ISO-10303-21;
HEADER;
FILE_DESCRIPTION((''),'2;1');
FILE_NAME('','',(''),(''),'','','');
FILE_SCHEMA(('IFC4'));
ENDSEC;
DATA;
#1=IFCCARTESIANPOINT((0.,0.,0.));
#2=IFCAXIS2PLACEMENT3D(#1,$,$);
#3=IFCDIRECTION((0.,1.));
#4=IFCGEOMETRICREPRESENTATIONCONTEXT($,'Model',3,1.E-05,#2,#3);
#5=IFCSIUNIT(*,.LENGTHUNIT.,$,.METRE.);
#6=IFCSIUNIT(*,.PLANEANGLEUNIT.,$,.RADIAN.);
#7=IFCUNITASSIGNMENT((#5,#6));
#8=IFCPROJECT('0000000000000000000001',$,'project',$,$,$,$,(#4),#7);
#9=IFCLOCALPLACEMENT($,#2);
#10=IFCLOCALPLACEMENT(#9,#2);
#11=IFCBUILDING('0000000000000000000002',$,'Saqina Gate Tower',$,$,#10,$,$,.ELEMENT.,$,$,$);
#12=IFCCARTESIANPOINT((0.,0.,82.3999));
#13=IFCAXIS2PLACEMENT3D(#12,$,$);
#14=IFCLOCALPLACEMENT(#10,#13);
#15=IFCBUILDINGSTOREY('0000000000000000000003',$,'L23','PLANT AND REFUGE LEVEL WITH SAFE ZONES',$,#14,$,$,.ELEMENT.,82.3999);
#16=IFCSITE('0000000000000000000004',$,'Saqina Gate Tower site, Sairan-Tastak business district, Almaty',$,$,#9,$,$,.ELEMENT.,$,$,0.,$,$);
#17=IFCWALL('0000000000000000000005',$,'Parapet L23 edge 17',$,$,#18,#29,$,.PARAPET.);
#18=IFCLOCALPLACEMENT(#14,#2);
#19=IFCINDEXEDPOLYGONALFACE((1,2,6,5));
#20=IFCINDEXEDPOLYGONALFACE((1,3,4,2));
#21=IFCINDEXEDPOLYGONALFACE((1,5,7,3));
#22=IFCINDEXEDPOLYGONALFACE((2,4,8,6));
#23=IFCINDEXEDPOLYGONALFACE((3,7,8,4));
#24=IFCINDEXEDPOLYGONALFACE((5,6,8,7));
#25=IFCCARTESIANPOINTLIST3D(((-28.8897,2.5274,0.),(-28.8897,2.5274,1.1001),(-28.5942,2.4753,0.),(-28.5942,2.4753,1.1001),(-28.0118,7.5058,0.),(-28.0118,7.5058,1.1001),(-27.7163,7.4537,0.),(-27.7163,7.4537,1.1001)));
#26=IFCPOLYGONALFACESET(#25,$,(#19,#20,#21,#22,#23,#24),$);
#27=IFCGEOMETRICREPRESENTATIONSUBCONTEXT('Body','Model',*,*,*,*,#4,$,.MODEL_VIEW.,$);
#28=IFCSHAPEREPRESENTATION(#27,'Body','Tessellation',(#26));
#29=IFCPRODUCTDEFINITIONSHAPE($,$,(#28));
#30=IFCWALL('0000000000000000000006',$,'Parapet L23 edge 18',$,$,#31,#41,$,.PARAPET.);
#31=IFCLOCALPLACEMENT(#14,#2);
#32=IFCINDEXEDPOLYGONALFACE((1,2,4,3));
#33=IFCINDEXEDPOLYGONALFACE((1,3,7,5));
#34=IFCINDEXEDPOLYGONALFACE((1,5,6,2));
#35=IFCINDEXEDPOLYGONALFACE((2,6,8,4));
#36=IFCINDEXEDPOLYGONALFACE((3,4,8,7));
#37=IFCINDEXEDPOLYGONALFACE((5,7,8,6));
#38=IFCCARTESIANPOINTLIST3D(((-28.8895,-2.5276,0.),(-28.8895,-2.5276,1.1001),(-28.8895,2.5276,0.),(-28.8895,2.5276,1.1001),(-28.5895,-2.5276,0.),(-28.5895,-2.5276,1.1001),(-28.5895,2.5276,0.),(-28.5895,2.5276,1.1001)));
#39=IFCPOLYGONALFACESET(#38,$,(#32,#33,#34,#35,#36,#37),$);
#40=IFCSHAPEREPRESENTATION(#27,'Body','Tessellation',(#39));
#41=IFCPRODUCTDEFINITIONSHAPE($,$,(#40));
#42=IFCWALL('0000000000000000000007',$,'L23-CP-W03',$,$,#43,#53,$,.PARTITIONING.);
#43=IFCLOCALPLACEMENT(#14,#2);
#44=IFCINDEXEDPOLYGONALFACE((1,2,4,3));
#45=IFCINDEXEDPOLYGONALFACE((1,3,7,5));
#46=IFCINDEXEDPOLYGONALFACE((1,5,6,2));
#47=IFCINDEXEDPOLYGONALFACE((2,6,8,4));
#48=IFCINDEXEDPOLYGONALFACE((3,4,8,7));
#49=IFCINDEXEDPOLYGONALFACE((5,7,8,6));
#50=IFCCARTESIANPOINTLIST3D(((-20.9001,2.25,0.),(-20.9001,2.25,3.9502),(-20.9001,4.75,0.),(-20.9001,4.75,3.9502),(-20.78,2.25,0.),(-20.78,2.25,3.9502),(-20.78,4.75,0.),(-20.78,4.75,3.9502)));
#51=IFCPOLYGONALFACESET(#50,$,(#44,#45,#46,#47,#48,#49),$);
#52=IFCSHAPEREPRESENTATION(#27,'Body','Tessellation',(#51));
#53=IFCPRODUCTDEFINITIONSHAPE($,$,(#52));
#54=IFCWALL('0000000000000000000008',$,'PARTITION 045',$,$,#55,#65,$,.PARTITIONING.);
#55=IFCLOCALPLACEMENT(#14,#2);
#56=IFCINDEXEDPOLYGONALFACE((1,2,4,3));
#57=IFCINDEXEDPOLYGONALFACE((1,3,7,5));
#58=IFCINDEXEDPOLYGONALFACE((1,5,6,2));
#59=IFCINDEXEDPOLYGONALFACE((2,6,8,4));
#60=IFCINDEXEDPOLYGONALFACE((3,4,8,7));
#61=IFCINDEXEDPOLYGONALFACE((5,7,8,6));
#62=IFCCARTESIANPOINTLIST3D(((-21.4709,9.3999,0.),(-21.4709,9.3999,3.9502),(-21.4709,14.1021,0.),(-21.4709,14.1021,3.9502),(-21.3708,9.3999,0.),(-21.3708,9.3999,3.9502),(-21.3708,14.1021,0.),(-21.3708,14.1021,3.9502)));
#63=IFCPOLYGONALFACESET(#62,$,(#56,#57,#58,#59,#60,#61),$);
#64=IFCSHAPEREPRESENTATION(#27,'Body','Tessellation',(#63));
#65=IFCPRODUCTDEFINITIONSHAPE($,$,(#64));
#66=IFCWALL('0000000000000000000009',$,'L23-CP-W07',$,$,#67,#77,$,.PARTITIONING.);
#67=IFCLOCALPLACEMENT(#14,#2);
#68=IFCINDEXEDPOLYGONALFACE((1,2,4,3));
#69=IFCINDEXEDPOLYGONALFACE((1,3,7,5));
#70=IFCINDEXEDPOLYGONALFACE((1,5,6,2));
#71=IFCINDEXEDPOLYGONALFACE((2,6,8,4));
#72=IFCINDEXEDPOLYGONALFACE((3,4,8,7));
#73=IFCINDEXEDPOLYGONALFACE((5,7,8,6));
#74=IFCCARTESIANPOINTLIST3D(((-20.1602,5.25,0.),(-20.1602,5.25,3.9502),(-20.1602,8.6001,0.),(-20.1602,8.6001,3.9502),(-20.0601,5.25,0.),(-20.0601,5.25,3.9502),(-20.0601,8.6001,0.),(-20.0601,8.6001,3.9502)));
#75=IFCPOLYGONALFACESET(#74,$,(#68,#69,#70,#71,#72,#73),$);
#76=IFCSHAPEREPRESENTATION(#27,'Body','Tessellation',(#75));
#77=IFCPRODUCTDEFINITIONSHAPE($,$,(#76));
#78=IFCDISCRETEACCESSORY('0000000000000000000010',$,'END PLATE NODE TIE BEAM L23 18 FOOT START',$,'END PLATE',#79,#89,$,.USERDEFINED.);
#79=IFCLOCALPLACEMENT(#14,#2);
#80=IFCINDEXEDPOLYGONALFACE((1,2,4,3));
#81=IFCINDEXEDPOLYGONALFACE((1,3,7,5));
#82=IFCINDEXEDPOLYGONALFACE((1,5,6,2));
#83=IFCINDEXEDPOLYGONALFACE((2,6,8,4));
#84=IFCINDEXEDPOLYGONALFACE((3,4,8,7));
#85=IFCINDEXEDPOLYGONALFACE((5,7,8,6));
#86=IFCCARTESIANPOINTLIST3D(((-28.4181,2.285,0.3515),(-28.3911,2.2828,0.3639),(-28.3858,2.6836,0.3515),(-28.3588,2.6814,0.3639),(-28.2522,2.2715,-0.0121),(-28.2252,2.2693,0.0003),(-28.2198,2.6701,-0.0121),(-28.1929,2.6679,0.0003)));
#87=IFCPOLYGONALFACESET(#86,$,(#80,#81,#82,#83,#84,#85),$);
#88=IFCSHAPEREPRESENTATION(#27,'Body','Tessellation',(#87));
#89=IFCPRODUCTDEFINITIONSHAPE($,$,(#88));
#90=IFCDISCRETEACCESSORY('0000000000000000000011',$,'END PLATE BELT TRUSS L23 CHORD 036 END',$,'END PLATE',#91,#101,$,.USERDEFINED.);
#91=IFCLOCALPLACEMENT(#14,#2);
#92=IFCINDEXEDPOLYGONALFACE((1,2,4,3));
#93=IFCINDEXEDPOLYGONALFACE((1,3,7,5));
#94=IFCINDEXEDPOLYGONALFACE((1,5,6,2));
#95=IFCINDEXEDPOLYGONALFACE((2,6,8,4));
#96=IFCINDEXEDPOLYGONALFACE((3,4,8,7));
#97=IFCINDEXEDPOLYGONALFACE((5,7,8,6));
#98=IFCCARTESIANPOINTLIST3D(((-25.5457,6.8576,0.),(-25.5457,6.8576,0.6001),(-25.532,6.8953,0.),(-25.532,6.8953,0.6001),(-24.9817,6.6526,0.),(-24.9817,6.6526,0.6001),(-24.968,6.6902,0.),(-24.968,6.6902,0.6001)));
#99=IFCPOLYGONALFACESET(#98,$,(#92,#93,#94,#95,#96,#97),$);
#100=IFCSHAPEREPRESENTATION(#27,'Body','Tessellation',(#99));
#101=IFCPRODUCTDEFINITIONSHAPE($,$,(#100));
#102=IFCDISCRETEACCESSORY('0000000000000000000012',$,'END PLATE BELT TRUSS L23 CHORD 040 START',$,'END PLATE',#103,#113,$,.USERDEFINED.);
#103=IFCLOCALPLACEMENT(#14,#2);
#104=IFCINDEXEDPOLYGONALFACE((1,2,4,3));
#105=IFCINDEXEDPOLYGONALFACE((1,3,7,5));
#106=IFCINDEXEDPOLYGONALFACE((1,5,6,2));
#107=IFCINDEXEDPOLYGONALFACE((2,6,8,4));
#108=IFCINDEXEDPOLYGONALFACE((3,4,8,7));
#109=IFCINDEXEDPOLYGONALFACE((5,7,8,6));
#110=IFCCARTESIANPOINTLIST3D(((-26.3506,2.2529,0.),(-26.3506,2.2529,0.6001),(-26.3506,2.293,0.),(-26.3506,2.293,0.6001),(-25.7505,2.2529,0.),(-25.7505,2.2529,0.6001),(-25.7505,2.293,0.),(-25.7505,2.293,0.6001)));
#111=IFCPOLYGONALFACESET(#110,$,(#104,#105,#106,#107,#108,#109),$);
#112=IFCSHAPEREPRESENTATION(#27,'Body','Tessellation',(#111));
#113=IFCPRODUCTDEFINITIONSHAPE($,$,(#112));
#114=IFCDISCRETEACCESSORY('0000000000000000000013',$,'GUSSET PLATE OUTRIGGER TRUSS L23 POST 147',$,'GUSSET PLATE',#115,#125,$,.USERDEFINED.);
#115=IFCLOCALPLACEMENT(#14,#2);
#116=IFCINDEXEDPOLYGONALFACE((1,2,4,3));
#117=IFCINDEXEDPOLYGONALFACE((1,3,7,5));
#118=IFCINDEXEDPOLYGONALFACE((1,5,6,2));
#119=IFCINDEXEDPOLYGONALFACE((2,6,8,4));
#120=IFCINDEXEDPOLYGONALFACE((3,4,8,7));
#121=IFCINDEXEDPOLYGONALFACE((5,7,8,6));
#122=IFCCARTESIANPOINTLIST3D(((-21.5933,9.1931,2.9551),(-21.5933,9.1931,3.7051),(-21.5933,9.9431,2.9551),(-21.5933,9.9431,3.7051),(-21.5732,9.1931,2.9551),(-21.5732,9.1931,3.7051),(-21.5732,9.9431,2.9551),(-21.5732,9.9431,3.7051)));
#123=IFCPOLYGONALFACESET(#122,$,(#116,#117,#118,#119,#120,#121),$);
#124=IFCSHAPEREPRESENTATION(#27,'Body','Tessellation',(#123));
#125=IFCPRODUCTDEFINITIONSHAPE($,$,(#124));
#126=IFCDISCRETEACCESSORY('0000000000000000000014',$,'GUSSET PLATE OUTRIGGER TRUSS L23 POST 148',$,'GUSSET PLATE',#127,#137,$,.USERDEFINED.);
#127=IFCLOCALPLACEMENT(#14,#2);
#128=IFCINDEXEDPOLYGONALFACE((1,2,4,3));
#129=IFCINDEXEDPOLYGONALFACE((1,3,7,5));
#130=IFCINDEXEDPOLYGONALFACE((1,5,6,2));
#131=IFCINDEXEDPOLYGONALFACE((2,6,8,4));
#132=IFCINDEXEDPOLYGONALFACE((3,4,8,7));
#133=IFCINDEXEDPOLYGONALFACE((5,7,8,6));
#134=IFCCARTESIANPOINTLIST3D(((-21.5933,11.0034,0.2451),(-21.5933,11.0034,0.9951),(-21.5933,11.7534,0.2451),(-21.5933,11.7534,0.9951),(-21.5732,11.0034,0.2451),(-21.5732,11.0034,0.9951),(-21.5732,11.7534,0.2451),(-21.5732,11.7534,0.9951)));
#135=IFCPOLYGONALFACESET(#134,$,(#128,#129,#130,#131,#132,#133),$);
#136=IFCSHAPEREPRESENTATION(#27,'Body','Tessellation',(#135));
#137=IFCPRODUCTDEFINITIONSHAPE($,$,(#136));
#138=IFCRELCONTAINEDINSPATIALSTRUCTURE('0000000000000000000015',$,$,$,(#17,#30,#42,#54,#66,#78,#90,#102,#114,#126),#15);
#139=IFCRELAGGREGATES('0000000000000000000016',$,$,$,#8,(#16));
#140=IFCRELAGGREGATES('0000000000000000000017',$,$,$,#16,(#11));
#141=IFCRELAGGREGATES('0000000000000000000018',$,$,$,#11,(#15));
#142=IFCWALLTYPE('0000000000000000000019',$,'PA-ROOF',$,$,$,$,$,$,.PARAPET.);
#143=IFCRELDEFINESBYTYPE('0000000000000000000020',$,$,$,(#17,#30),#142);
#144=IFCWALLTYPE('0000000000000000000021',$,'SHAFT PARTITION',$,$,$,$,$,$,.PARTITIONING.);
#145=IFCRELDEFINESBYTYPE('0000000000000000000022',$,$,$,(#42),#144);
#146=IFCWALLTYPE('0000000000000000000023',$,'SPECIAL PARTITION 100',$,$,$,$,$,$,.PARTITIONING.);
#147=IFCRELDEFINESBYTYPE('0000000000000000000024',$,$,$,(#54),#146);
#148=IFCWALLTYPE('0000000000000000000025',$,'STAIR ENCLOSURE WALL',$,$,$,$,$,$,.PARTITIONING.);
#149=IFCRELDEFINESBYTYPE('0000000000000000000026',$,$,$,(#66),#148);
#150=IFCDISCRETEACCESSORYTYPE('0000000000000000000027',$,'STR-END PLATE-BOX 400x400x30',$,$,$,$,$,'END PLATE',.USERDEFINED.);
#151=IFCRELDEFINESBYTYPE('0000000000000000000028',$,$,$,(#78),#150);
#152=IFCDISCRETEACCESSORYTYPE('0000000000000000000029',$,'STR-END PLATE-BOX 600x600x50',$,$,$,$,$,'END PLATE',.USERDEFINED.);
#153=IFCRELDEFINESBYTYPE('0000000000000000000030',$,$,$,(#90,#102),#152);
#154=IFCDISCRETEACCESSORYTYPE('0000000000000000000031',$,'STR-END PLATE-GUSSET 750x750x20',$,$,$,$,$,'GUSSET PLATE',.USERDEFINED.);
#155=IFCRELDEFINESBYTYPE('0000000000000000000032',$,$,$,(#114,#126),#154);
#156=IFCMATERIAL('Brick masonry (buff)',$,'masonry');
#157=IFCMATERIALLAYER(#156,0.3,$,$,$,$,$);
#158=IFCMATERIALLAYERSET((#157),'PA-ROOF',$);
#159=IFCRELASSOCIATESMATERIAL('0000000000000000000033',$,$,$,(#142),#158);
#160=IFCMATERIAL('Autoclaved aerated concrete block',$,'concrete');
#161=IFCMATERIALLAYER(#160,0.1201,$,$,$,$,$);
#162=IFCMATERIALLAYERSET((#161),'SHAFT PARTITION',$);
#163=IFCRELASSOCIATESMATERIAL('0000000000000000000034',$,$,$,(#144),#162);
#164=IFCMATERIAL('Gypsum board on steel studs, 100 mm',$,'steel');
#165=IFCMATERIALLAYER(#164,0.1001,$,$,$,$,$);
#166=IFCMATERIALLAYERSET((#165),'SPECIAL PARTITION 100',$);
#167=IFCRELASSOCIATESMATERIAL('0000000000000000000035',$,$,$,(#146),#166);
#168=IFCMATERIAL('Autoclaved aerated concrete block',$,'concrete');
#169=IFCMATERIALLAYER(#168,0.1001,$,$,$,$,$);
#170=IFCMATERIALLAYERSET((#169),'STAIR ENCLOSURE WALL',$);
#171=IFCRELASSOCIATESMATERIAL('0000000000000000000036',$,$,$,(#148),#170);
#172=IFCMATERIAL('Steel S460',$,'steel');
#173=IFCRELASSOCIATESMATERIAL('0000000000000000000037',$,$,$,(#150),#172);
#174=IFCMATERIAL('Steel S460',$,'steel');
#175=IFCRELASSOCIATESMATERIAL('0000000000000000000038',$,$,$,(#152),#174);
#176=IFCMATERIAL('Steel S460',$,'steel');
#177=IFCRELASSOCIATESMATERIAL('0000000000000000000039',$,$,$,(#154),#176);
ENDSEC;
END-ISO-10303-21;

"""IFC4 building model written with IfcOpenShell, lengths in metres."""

from ifc_helpers import new_model, si_unit, direction, frame, frame_2d, origin, origin_2d, place, context, subcontext, project, spatial, rectangle, extrude, material, layer, layer_set, material_profile, profile_set, type_object, element, save


model = new_model("IFC4")

# Units and contexts
model_context = context("Model", 3, precision=1e-05, world=origin(), true_north=direction((0.0, 1.0)))
body_context = subcontext(model_context, "Body", "Model", "MODEL_VIEW")
ifc_project = project(units=[si_unit("LENGTHUNIT", "METRE"), si_unit("PLANEANGLEUNIT", "RADIAN")], contexts=[model_context])

# Site, building, storey
site_placement = place(None, origin())
site = spatial("IfcSite", under=ifc_project, at=site_placement, Name="Saqina Gate Tower site, Sairan-Tastak business district, Almaty", CompositionType="ELEMENT", RefElevation=0.0)
building_placement = place(site_placement, origin())
building = spatial("IfcBuilding", under=site, at=building_placement, Name="Saqina Gate Tower", CompositionType="ELEMENT")
storey_placement = place(building_placement, frame((0.0, 0.0, 82.3999)))
storey = spatial("IfcBuildingStorey", under=building, at=storey_placement, Name="L23", Description="PLANT AND REFUGE LEVEL WITH SAFE ZONES", CompositionType="ELEMENT", Elevation=82.3999)

# Walls
ifc_material_1 = material(Name="Brick masonry (buff)", Category="masonry")
ifc_layer_1 = layer(ifc_material_1, 0.3)
ifc_layer_set_1 = layer_set([ifc_layer_1], Name="PA-ROOF")
wall_type_1 = type_object("IfcWallType", Name="PA-ROOF", PredefinedType="PARAPET", material=ifc_layer_set_1)
for number, where, z_axis, x_axis, name in (
    (1, (-27.864, 7.4797, 0.0), (0.0, 0.0, 1.0), (-0.173672, -0.984803, 0.0), "Parapet L23 edge 17"),
    (2, (-28.7395, 2.5276, 0.0), (0.0, 0.0, 1.0), (0.0, -1.0, 0.0), "Parapet L23 edge 18"),
):
    element("IfcWall", number, at=place(storey_placement, frame(where, z_axis=z_axis, x_axis=x_axis)), inside=storey, type_object=wall_type_1, Name=name, PredefinedType="PARAPET", context=body_context, shape_type="SweptSolid", body=[
        extrude(rectangle(XDim=5.0552, YDim=0.3, at=frame_2d((2.5276, 0.0))), origin(), (0.0, 0.0, 1.0), 1.1001),
    ])
ifc_material_2 = material(Name="Autoclaved aerated concrete block", Category="concrete")
ifc_layer_2 = layer(ifc_material_2, 0.1201)
ifc_layer_set_2 = layer_set([ifc_layer_2], Name="SHAFT PARTITION")
wall_type_2 = type_object("IfcWallType", Name="SHAFT PARTITION", PredefinedType="PARTITIONING", material=ifc_layer_set_2)
wall_1_placement = place(storey_placement, frame((-20.8401, 2.25, 0.0), z_axis=(0.0, 0.0, 1.0), x_axis=(0.0, 1.0, 0.0)))
element("IfcWall", 3, at=wall_1_placement, inside=storey, type_object=wall_type_2, Name="L23-CP-W03", PredefinedType="PARTITIONING", context=body_context, shape_type="SweptSolid", body=[
    extrude(rectangle(XDim=2.5, YDim=0.1201, at=frame_2d((1.25, 0.0))), origin(), (0.0, 0.0, 1.0), 3.9502),
])
ifc_material_3 = material(Name="Gypsum board on steel studs, 100 mm", Category="steel")
ifc_layer_3 = layer(ifc_material_3, 0.1001)
ifc_layer_set_3 = layer_set([ifc_layer_3], Name="SPECIAL PARTITION 100")
wall_type_3 = type_object("IfcWallType", Name="SPECIAL PARTITION 100", PredefinedType="PARTITIONING", material=ifc_layer_set_3)
wall_2_placement = place(storey_placement, frame((-21.4209, 9.3999, 0.0), z_axis=(0.0, 0.0, 1.0), x_axis=(0.0, 1.0, 0.0)))
element("IfcWall", 4, at=wall_2_placement, inside=storey, type_object=wall_type_3, Name="PARTITION 045", PredefinedType="PARTITIONING", context=body_context, shape_type="SweptSolid", body=[
    extrude(rectangle(XDim=4.7021, YDim=0.1001, at=frame_2d((2.3511, 0.0))), origin(), (0.0, 0.0, 1.0), 3.9502),
])
ifc_material_4 = material(Name="Autoclaved aerated concrete block", Category="concrete")
ifc_layer_4 = layer(ifc_material_4, 0.1001)
ifc_layer_set_4 = layer_set([ifc_layer_4], Name="STAIR ENCLOSURE WALL")
wall_type_4 = type_object("IfcWallType", Name="STAIR ENCLOSURE WALL", PredefinedType="PARTITIONING", material=ifc_layer_set_4)
wall_3_placement = place(storey_placement, frame((-20.1101, 5.25, 0.0), z_axis=(0.0, 0.0, 1.0), x_axis=(0.0, 1.0, 0.0)))
element("IfcWall", 5, at=wall_3_placement, inside=storey, type_object=wall_type_4, Name="L23-CP-W07", PredefinedType="PARTITIONING", context=body_context, shape_type="SweptSolid", body=[
    extrude(rectangle(XDim=3.3501, YDim=0.1001, at=frame_2d((1.675, 0.0))), origin(), (0.0, 0.0, 1.0), 3.9502),
])

# Discrete accessories
ifc_material_5 = material(Name="Steel S460", Category="steel")
ifc_material_profile_1 = material_profile(ifc_material_5, rectangle(XDim=0.3999, YDim=0.3999, at=origin_2d()), Name="STR-END PLATE-BOX 400x400x30")
ifc_profile_set_1 = profile_set([ifc_material_profile_1], Name="Steel S460")
discrete_accessory_type_1 = type_object("IfcDiscreteAccessoryType", Name="STR-END PLATE-BOX 400x400x30", ElementType="END PLATE", PredefinedType="USERDEFINED", material=ifc_profile_set_1)
discrete_accessory_placement = place(storey_placement, frame((-28.292, 2.4753, 0.1821), z_axis=(-0.906221, 0.073477, -0.416372), x_axis=(0.080815, 0.996729, 0.000001)))
element("IfcDiscreteAccessory", 6, at=discrete_accessory_placement, inside=storey, type_object=discrete_accessory_type_1, Name="END PLATE NODE TIE BEAM L23 18 FOOT START", ObjectType="END PLATE", PredefinedType="USERDEFINED", context=body_context, shape_type="SweptSolid", body=[
    extrude(rectangle(XDim=0.3999, YDim=0.3999, at=origin_2d()), origin(), (0.0, 0.0, 1.0), 0.0298),
])
ifc_material_6 = material(Name="Steel S460", Category="steel")
ifc_material_profile_2 = material_profile(ifc_material_6, rectangle(XDim=0.6001, YDim=0.6001, at=origin_2d()), Name="STR-END PLATE-BOX 600x600x50")
ifc_profile_set_2 = profile_set([ifc_material_profile_2], Name="Steel S460")
discrete_accessory_type_2 = type_object("IfcDiscreteAccessoryType", Name="STR-END PLATE-BOX 600x600x50", ElementType="END PLATE", PredefinedType="USERDEFINED", material=ifc_profile_set_2)
for number, where, z_axis, x_axis, name in (
    (7, (-25.25, 6.7927, 0.3), (-0.341743, -0.939793, 0.0), (0.939793, -0.341743, 0.0), "END PLATE BELT TRUSS L23 CHORD 036 END"),
    (8, (-26.0505, 2.2529, 0.3), (0.0, 1.0, 0.0), (1.0, 0.0, 0.0), "END PLATE BELT TRUSS L23 CHORD 040 START"),
):
    element("IfcDiscreteAccessory", number, at=place(storey_placement, frame(where, z_axis=z_axis, x_axis=x_axis)), inside=storey, type_object=discrete_accessory_type_2, Name=name, ObjectType="END PLATE", PredefinedType="USERDEFINED", context=body_context, shape_type="SweptSolid", body=[
        extrude(rectangle(XDim=0.6001, YDim=0.6001, at=origin_2d()), origin(), (0.0, 0.0, 1.0), 0.04),
    ])
ifc_material_7 = material(Name="Steel S460", Category="steel")
ifc_material_profile_3 = material_profile(ifc_material_7, rectangle(XDim=0.75, YDim=0.75, at=origin_2d()), Name="STR-END PLATE-GUSSET 750x750x20")
ifc_profile_set_3 = profile_set([ifc_material_profile_3], Name="Steel S460")
discrete_accessory_type_3 = type_object("IfcDiscreteAccessoryType", Name="STR-END PLATE-GUSSET 750x750x20", ElementType="GUSSET PLATE", PredefinedType="USERDEFINED", material=ifc_profile_set_3)
for number, where, z_axis, x_axis, name in (
    (9, (-21.5732, 9.5681, 3.3301), (-1.0, 0.0, 0.0), (0.0, -1.0, 0.0), "GUSSET PLATE OUTRIGGER TRUSS L23 POST 147"),
    (10, (-21.5732, 11.3784, 0.6201), (-1.0, 0.0, 0.0), (0.0, -1.0, 0.0), "GUSSET PLATE OUTRIGGER TRUSS L23 POST 148"),
):
    element("IfcDiscreteAccessory", number, at=place(storey_placement, frame(where, z_axis=z_axis, x_axis=x_axis)), inside=storey, type_object=discrete_accessory_type_3, Name=name, ObjectType="GUSSET PLATE", PredefinedType="USERDEFINED", context=body_context, shape_type="SweptSolid", body=[
        extrude(rectangle(XDim=0.75, YDim=0.75, at=origin_2d()), origin(), (0.0, 0.0, 1.0), 0.02),
    ])

save(model, "model.ifc")
